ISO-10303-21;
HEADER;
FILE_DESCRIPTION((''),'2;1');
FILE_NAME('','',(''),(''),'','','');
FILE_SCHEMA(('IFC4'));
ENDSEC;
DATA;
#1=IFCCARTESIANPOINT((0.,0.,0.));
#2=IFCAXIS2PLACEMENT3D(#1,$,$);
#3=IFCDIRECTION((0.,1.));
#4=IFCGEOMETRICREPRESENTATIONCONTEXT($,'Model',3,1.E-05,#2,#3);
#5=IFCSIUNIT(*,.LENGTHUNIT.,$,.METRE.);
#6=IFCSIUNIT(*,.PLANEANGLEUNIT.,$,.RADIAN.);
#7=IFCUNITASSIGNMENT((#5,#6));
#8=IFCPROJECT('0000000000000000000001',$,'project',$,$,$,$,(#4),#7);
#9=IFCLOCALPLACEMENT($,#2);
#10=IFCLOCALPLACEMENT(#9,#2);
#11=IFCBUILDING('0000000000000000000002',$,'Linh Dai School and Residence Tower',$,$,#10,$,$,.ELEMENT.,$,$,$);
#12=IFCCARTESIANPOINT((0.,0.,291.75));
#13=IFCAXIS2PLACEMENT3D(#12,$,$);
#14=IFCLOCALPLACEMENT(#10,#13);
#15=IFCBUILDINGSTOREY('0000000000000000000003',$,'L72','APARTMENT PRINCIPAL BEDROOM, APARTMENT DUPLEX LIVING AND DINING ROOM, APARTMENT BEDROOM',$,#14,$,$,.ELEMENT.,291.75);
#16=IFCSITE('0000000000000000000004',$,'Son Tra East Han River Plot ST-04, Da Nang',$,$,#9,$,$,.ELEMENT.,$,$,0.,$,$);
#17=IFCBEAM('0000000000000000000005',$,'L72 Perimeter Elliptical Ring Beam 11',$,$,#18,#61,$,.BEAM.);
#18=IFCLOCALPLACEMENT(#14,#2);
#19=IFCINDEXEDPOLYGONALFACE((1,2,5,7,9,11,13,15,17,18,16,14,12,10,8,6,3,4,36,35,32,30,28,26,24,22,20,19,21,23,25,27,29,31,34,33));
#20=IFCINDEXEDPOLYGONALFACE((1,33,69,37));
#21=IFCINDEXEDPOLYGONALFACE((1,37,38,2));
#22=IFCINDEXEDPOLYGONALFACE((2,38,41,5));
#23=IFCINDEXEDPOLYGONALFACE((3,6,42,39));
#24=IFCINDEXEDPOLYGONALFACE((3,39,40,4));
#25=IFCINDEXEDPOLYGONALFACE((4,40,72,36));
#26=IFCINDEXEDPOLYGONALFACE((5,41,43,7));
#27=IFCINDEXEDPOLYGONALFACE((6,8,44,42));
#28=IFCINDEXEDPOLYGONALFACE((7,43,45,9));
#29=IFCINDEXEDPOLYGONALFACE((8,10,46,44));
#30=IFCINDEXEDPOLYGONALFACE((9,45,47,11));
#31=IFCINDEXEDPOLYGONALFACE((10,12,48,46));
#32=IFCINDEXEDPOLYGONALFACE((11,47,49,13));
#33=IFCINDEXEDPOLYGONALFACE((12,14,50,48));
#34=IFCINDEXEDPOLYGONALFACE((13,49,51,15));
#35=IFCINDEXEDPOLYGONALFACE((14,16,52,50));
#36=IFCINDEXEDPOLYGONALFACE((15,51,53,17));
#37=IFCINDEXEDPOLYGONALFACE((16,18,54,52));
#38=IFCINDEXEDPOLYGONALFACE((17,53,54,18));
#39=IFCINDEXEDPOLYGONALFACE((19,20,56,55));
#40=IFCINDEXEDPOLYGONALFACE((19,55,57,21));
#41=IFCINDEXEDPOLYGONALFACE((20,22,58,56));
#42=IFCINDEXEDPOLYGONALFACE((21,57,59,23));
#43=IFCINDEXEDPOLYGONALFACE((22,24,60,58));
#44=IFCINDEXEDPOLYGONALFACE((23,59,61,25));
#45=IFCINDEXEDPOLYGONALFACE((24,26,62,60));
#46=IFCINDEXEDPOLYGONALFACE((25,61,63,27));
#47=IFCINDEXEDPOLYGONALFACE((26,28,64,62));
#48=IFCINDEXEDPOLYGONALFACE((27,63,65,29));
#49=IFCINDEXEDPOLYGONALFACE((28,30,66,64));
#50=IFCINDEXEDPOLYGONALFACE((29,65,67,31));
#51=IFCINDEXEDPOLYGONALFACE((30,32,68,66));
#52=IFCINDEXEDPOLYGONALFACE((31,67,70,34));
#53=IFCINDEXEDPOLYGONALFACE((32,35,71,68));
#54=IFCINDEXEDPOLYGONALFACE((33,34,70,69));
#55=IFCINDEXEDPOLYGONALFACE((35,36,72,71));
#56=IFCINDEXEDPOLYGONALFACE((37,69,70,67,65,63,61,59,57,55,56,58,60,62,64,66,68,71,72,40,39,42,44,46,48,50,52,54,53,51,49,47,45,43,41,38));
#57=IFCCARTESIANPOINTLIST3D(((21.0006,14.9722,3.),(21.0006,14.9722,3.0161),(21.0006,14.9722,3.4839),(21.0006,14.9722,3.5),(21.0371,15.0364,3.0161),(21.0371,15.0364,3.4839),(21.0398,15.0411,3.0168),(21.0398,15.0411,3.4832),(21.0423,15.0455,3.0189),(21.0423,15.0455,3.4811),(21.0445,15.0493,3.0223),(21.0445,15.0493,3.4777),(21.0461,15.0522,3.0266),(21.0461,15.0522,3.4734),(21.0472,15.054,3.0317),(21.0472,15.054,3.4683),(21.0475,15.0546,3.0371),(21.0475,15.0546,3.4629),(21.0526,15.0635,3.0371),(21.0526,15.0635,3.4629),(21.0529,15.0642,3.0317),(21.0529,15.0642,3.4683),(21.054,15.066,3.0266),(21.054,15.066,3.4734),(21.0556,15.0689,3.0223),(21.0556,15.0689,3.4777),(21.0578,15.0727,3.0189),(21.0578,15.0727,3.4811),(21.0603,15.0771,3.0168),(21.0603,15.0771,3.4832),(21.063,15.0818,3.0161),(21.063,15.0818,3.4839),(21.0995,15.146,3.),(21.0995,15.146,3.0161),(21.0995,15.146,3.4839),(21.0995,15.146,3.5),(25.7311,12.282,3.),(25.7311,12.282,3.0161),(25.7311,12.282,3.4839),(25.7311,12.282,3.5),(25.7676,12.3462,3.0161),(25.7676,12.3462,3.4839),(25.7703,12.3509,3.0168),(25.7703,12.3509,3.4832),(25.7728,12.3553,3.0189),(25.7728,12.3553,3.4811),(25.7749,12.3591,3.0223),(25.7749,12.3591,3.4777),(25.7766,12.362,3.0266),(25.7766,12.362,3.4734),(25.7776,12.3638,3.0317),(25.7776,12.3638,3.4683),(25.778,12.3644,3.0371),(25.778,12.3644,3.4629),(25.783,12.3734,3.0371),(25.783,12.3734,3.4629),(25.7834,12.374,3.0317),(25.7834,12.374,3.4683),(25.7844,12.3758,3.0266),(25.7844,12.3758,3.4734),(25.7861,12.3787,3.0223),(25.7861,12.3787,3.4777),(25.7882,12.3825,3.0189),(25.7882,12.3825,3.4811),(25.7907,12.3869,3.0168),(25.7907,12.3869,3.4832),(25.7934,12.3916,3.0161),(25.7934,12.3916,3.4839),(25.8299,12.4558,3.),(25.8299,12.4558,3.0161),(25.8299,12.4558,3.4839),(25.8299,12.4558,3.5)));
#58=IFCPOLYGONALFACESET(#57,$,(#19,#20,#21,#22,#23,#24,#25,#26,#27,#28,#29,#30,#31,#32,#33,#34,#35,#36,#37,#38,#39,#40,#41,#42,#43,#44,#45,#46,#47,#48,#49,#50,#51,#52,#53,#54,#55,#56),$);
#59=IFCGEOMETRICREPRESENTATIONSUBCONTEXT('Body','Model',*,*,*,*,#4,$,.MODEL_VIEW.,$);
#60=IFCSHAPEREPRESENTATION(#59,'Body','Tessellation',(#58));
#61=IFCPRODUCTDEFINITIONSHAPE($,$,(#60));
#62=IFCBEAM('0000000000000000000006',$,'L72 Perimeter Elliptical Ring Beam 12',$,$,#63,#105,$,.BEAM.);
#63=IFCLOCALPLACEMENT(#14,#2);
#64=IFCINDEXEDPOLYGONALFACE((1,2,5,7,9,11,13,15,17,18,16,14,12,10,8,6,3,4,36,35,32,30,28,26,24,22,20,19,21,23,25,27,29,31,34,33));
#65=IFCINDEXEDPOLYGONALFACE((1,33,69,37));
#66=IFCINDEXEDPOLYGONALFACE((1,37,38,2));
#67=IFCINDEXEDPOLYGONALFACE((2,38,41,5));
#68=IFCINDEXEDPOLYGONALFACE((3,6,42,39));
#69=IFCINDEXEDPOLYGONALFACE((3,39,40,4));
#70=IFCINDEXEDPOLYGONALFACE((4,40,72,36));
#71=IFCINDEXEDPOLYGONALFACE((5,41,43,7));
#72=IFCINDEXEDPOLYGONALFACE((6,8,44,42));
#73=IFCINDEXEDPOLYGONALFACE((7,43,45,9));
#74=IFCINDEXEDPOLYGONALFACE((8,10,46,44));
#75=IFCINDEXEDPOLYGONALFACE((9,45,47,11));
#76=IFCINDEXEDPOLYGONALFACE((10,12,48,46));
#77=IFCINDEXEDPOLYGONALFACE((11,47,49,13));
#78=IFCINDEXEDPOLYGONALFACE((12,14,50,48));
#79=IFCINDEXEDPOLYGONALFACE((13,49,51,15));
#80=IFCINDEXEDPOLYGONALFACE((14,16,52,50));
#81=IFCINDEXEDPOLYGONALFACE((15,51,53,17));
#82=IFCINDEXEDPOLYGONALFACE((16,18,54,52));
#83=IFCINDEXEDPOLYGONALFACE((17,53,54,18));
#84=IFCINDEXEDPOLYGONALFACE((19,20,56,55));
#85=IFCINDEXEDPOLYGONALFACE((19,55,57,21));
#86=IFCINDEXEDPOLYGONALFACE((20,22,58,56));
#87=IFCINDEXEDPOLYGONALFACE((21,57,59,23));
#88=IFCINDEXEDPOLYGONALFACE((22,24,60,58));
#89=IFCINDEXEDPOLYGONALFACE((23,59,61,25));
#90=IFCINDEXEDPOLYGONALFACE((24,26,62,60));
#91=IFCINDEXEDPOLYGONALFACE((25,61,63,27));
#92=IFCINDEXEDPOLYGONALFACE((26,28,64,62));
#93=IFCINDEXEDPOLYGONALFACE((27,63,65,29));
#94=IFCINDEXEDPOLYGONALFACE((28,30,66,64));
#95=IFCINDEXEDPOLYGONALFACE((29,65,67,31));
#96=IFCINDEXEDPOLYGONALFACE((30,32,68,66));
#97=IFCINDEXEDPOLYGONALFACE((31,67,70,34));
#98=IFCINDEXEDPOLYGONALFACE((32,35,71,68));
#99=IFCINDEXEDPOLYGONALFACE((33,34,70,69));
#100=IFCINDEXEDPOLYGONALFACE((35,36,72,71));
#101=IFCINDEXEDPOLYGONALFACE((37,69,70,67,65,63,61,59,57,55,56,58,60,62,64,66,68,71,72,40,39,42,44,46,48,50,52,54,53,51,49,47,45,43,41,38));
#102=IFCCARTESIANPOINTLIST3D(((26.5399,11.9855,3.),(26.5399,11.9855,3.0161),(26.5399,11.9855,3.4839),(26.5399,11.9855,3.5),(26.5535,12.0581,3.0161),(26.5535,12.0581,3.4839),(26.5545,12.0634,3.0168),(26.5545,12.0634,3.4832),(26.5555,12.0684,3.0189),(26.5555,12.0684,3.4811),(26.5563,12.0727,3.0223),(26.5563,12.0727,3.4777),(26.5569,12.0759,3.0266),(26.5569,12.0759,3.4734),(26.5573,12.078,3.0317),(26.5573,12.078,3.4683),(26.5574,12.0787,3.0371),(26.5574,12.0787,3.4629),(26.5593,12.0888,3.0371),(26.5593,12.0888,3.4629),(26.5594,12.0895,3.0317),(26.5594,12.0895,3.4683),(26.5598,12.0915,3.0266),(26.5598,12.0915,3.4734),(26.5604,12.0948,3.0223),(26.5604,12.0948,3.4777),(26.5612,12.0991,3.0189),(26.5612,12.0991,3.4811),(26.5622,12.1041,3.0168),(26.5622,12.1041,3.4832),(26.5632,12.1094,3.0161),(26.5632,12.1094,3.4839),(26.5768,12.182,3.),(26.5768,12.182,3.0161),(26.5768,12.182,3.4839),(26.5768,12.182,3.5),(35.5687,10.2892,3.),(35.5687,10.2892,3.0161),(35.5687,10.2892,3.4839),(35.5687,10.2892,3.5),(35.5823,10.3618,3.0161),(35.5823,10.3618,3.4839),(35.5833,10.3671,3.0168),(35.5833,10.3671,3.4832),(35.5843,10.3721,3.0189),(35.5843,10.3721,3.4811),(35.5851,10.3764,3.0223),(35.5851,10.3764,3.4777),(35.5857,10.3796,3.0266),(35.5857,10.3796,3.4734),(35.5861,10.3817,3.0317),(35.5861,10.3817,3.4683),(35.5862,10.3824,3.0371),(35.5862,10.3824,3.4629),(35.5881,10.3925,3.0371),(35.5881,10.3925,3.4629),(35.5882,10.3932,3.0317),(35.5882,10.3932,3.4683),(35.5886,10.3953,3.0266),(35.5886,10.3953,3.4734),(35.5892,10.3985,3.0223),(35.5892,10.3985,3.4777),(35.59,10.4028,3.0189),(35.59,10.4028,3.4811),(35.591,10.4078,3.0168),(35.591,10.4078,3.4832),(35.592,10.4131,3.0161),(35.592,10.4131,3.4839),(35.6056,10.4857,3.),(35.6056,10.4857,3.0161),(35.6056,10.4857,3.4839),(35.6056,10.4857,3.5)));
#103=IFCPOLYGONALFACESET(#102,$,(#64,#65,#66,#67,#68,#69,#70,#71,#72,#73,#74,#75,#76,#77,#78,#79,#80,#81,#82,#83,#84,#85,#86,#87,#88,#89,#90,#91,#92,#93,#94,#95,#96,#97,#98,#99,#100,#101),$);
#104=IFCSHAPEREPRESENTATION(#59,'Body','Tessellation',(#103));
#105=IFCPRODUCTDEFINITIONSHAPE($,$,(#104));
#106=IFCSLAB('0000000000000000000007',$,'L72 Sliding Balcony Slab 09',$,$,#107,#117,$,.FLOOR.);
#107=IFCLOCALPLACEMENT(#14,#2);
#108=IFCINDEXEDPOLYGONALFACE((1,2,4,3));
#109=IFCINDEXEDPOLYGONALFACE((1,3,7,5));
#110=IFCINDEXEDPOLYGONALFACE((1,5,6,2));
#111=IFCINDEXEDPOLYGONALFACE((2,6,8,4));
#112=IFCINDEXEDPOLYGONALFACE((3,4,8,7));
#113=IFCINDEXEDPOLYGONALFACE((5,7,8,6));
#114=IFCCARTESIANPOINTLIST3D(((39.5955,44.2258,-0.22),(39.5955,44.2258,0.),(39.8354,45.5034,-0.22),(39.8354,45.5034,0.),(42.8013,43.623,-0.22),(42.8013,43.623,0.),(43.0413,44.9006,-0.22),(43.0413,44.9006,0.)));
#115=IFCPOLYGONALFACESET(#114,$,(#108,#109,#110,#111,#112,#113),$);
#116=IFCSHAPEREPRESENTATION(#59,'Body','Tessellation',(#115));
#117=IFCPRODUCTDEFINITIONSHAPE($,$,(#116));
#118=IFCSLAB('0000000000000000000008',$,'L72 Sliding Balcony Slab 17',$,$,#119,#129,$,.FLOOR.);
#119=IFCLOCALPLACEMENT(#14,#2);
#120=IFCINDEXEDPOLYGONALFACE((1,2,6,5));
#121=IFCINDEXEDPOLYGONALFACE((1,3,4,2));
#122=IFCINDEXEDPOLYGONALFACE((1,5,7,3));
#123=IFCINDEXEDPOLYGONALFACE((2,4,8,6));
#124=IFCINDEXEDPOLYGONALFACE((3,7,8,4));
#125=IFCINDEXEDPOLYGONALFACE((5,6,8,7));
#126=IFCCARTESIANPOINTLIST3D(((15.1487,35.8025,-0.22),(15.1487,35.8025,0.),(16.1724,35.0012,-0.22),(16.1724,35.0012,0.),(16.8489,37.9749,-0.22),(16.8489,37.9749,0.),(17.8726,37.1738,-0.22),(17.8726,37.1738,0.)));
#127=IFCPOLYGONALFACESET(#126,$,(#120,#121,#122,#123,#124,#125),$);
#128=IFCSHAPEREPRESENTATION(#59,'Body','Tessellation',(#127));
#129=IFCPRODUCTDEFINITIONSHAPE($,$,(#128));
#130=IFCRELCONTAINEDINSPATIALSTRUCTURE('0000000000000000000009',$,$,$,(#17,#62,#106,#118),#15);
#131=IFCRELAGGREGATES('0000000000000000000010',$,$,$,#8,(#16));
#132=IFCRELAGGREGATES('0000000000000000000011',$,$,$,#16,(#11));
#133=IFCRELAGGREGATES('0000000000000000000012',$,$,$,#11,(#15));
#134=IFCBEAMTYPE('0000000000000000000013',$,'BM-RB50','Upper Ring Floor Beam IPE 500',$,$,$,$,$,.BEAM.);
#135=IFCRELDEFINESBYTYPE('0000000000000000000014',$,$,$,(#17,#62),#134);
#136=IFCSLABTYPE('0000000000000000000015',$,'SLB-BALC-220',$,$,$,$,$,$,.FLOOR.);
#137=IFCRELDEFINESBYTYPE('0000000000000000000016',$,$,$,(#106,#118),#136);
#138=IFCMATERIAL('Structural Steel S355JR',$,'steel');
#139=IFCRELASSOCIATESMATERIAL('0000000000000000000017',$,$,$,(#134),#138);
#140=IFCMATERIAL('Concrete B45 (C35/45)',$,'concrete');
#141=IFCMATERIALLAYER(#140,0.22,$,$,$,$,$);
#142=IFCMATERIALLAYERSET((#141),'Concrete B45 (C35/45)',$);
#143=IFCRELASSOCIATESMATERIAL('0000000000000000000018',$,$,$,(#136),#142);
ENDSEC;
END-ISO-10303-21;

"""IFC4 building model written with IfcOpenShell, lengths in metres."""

from ifc_helpers import new_model, si_unit, direction, frame, origin, origin_2d, place, context, subcontext, project, spatial, polyline, i_section, outline, extrude, material, layer, layer_set, material_profile, profile_set, type_object, element, save


model = new_model("IFC4")

# Units and contexts
model_context = context("Model", 3, precision=1e-05, world=origin(), true_north=direction((0.0, 1.0)))
body_context = subcontext(model_context, "Body", "Model", "MODEL_VIEW")
ifc_project = project(units=[si_unit("LENGTHUNIT", "METRE"), si_unit("PLANEANGLEUNIT", "RADIAN")], contexts=[model_context])

# Site, building, storey
site_placement = place(None, origin())
site = spatial("IfcSite", under=ifc_project, at=site_placement, Name="Son Tra East Han River Plot ST-04, Da Nang", CompositionType="ELEMENT", RefElevation=0.0)
building_placement = place(site_placement, origin())
building = spatial("IfcBuilding", under=site, at=building_placement, Name="Linh Dai School and Residence Tower", CompositionType="ELEMENT")
storey_placement = place(building_placement, frame((0.0, 0.0, 291.75)))
storey = spatial("IfcBuildingStorey", under=building, at=storey_placement, Name="L72", Description="APARTMENT PRINCIPAL BEDROOM, APARTMENT DUPLEX LIVING AND DINING ROOM, APARTMENT BEDROOM", CompositionType="ELEMENT", Elevation=291.75)

# Shared definitions
ifc_material_1 = material(Name="Structural Steel S355JR", Category="steel")

# Beams
ifc_material_profile_1 = material_profile(ifc_material_1, i_section(OverallWidth=0.2, OverallDepth=0.5, WebThickness=0.0103, FlangeThickness=0.0161, FilletRadius=0.021, at=origin_2d()), Name="IPE 500")
ifc_profile_set_1 = profile_set([ifc_material_profile_1], Name="Structural Steel S355JR")
beam_type = type_object("IfcBeamType", Name="BM-RB50", Description="Upper Ring Floor Beam IPE 500", PredefinedType="BEAM", material=ifc_profile_set_1)
beam_1_placement = place(storey_placement, frame((21.05, 15.0591, 3.25), z_axis=(0.869266, -0.494345, 0.0), x_axis=(0.494345, 0.869266, 0.0)))
element("IfcBeam", 1, at=beam_1_placement, inside=storey, type_object=beam_type, Name="L72 Perimeter Elliptical Ring Beam 11", PredefinedType="BEAM", context=body_context, shape_type="SweptSolid", body=[
    extrude(i_section(OverallWidth=0.2, OverallDepth=0.5, WebThickness=0.0103, FlangeThickness=0.0161, FilletRadius=0.021, at=origin_2d()), origin(), (0.0, 0.0, 1.0), 5.4419),
])
beam_2_placement = place(storey_placement, frame((26.5583, 12.0837, 3.25), z_axis=(0.982805, -0.184645, 0.0), x_axis=(0.184645, 0.982805, 0.0)))
element("IfcBeam", 2, at=beam_2_placement, inside=storey, type_object=beam_type, Name="L72 Perimeter Elliptical Ring Beam 12", PredefinedType="BEAM", context=body_context, shape_type="SweptSolid", body=[
    extrude(i_section(OverallWidth=0.2, OverallDepth=0.5, WebThickness=0.0103, FlangeThickness=0.0161, FilletRadius=0.021, at=origin_2d()), origin(), (0.0, 0.0, 1.0), 9.1868),
])

# Slabs
ifc_material_2 = material(Name="Concrete B45 (C35/45)", Category="concrete")
ifc_layer_1 = layer(ifc_material_2, 0.22)
ifc_layer_set_1 = layer_set([ifc_layer_1], Name="Concrete B45 (C35/45)")
slab_type_1 = type_object("IfcSlabType", Name="SLB-BALC-220", PredefinedType="FLOOR", material=ifc_layer_set_1)
slab_1_placement = place(storey_placement, frame((0.0, 0.0, -0.22)))
element("IfcSlab", 3, at=slab_1_placement, inside=storey, type_object=slab_type_1, Name="L72 Sliding Balcony Slab 09", PredefinedType="FLOOR", context=body_context, shape_type="SweptSolid", body=[
    extrude(outline(polyline([(39.5955, 44.2258), (42.8013, 43.623), (43.0413, 44.9006), (39.8354, 45.5034), (39.5955, 44.2258)])), origin(), (0.0, 0.0, 1.0), 0.22),
])
slab_2_placement = place(storey_placement, frame((0.0, 0.0, -0.22)))
element("IfcSlab", 4, at=slab_2_placement, inside=storey, type_object=slab_type_1, Name="L72 Sliding Balcony Slab 17", PredefinedType="FLOOR", context=body_context, shape_type="SweptSolid", body=[
    extrude(outline(polyline([(16.1724, 35.0012), (17.8726, 37.1738), (16.8489, 37.9749), (15.1487, 35.8025), (16.1724, 35.0012)])), origin(), (0.0, 0.0, 1.0), 0.22),
])

save(model, "model.ifc")
